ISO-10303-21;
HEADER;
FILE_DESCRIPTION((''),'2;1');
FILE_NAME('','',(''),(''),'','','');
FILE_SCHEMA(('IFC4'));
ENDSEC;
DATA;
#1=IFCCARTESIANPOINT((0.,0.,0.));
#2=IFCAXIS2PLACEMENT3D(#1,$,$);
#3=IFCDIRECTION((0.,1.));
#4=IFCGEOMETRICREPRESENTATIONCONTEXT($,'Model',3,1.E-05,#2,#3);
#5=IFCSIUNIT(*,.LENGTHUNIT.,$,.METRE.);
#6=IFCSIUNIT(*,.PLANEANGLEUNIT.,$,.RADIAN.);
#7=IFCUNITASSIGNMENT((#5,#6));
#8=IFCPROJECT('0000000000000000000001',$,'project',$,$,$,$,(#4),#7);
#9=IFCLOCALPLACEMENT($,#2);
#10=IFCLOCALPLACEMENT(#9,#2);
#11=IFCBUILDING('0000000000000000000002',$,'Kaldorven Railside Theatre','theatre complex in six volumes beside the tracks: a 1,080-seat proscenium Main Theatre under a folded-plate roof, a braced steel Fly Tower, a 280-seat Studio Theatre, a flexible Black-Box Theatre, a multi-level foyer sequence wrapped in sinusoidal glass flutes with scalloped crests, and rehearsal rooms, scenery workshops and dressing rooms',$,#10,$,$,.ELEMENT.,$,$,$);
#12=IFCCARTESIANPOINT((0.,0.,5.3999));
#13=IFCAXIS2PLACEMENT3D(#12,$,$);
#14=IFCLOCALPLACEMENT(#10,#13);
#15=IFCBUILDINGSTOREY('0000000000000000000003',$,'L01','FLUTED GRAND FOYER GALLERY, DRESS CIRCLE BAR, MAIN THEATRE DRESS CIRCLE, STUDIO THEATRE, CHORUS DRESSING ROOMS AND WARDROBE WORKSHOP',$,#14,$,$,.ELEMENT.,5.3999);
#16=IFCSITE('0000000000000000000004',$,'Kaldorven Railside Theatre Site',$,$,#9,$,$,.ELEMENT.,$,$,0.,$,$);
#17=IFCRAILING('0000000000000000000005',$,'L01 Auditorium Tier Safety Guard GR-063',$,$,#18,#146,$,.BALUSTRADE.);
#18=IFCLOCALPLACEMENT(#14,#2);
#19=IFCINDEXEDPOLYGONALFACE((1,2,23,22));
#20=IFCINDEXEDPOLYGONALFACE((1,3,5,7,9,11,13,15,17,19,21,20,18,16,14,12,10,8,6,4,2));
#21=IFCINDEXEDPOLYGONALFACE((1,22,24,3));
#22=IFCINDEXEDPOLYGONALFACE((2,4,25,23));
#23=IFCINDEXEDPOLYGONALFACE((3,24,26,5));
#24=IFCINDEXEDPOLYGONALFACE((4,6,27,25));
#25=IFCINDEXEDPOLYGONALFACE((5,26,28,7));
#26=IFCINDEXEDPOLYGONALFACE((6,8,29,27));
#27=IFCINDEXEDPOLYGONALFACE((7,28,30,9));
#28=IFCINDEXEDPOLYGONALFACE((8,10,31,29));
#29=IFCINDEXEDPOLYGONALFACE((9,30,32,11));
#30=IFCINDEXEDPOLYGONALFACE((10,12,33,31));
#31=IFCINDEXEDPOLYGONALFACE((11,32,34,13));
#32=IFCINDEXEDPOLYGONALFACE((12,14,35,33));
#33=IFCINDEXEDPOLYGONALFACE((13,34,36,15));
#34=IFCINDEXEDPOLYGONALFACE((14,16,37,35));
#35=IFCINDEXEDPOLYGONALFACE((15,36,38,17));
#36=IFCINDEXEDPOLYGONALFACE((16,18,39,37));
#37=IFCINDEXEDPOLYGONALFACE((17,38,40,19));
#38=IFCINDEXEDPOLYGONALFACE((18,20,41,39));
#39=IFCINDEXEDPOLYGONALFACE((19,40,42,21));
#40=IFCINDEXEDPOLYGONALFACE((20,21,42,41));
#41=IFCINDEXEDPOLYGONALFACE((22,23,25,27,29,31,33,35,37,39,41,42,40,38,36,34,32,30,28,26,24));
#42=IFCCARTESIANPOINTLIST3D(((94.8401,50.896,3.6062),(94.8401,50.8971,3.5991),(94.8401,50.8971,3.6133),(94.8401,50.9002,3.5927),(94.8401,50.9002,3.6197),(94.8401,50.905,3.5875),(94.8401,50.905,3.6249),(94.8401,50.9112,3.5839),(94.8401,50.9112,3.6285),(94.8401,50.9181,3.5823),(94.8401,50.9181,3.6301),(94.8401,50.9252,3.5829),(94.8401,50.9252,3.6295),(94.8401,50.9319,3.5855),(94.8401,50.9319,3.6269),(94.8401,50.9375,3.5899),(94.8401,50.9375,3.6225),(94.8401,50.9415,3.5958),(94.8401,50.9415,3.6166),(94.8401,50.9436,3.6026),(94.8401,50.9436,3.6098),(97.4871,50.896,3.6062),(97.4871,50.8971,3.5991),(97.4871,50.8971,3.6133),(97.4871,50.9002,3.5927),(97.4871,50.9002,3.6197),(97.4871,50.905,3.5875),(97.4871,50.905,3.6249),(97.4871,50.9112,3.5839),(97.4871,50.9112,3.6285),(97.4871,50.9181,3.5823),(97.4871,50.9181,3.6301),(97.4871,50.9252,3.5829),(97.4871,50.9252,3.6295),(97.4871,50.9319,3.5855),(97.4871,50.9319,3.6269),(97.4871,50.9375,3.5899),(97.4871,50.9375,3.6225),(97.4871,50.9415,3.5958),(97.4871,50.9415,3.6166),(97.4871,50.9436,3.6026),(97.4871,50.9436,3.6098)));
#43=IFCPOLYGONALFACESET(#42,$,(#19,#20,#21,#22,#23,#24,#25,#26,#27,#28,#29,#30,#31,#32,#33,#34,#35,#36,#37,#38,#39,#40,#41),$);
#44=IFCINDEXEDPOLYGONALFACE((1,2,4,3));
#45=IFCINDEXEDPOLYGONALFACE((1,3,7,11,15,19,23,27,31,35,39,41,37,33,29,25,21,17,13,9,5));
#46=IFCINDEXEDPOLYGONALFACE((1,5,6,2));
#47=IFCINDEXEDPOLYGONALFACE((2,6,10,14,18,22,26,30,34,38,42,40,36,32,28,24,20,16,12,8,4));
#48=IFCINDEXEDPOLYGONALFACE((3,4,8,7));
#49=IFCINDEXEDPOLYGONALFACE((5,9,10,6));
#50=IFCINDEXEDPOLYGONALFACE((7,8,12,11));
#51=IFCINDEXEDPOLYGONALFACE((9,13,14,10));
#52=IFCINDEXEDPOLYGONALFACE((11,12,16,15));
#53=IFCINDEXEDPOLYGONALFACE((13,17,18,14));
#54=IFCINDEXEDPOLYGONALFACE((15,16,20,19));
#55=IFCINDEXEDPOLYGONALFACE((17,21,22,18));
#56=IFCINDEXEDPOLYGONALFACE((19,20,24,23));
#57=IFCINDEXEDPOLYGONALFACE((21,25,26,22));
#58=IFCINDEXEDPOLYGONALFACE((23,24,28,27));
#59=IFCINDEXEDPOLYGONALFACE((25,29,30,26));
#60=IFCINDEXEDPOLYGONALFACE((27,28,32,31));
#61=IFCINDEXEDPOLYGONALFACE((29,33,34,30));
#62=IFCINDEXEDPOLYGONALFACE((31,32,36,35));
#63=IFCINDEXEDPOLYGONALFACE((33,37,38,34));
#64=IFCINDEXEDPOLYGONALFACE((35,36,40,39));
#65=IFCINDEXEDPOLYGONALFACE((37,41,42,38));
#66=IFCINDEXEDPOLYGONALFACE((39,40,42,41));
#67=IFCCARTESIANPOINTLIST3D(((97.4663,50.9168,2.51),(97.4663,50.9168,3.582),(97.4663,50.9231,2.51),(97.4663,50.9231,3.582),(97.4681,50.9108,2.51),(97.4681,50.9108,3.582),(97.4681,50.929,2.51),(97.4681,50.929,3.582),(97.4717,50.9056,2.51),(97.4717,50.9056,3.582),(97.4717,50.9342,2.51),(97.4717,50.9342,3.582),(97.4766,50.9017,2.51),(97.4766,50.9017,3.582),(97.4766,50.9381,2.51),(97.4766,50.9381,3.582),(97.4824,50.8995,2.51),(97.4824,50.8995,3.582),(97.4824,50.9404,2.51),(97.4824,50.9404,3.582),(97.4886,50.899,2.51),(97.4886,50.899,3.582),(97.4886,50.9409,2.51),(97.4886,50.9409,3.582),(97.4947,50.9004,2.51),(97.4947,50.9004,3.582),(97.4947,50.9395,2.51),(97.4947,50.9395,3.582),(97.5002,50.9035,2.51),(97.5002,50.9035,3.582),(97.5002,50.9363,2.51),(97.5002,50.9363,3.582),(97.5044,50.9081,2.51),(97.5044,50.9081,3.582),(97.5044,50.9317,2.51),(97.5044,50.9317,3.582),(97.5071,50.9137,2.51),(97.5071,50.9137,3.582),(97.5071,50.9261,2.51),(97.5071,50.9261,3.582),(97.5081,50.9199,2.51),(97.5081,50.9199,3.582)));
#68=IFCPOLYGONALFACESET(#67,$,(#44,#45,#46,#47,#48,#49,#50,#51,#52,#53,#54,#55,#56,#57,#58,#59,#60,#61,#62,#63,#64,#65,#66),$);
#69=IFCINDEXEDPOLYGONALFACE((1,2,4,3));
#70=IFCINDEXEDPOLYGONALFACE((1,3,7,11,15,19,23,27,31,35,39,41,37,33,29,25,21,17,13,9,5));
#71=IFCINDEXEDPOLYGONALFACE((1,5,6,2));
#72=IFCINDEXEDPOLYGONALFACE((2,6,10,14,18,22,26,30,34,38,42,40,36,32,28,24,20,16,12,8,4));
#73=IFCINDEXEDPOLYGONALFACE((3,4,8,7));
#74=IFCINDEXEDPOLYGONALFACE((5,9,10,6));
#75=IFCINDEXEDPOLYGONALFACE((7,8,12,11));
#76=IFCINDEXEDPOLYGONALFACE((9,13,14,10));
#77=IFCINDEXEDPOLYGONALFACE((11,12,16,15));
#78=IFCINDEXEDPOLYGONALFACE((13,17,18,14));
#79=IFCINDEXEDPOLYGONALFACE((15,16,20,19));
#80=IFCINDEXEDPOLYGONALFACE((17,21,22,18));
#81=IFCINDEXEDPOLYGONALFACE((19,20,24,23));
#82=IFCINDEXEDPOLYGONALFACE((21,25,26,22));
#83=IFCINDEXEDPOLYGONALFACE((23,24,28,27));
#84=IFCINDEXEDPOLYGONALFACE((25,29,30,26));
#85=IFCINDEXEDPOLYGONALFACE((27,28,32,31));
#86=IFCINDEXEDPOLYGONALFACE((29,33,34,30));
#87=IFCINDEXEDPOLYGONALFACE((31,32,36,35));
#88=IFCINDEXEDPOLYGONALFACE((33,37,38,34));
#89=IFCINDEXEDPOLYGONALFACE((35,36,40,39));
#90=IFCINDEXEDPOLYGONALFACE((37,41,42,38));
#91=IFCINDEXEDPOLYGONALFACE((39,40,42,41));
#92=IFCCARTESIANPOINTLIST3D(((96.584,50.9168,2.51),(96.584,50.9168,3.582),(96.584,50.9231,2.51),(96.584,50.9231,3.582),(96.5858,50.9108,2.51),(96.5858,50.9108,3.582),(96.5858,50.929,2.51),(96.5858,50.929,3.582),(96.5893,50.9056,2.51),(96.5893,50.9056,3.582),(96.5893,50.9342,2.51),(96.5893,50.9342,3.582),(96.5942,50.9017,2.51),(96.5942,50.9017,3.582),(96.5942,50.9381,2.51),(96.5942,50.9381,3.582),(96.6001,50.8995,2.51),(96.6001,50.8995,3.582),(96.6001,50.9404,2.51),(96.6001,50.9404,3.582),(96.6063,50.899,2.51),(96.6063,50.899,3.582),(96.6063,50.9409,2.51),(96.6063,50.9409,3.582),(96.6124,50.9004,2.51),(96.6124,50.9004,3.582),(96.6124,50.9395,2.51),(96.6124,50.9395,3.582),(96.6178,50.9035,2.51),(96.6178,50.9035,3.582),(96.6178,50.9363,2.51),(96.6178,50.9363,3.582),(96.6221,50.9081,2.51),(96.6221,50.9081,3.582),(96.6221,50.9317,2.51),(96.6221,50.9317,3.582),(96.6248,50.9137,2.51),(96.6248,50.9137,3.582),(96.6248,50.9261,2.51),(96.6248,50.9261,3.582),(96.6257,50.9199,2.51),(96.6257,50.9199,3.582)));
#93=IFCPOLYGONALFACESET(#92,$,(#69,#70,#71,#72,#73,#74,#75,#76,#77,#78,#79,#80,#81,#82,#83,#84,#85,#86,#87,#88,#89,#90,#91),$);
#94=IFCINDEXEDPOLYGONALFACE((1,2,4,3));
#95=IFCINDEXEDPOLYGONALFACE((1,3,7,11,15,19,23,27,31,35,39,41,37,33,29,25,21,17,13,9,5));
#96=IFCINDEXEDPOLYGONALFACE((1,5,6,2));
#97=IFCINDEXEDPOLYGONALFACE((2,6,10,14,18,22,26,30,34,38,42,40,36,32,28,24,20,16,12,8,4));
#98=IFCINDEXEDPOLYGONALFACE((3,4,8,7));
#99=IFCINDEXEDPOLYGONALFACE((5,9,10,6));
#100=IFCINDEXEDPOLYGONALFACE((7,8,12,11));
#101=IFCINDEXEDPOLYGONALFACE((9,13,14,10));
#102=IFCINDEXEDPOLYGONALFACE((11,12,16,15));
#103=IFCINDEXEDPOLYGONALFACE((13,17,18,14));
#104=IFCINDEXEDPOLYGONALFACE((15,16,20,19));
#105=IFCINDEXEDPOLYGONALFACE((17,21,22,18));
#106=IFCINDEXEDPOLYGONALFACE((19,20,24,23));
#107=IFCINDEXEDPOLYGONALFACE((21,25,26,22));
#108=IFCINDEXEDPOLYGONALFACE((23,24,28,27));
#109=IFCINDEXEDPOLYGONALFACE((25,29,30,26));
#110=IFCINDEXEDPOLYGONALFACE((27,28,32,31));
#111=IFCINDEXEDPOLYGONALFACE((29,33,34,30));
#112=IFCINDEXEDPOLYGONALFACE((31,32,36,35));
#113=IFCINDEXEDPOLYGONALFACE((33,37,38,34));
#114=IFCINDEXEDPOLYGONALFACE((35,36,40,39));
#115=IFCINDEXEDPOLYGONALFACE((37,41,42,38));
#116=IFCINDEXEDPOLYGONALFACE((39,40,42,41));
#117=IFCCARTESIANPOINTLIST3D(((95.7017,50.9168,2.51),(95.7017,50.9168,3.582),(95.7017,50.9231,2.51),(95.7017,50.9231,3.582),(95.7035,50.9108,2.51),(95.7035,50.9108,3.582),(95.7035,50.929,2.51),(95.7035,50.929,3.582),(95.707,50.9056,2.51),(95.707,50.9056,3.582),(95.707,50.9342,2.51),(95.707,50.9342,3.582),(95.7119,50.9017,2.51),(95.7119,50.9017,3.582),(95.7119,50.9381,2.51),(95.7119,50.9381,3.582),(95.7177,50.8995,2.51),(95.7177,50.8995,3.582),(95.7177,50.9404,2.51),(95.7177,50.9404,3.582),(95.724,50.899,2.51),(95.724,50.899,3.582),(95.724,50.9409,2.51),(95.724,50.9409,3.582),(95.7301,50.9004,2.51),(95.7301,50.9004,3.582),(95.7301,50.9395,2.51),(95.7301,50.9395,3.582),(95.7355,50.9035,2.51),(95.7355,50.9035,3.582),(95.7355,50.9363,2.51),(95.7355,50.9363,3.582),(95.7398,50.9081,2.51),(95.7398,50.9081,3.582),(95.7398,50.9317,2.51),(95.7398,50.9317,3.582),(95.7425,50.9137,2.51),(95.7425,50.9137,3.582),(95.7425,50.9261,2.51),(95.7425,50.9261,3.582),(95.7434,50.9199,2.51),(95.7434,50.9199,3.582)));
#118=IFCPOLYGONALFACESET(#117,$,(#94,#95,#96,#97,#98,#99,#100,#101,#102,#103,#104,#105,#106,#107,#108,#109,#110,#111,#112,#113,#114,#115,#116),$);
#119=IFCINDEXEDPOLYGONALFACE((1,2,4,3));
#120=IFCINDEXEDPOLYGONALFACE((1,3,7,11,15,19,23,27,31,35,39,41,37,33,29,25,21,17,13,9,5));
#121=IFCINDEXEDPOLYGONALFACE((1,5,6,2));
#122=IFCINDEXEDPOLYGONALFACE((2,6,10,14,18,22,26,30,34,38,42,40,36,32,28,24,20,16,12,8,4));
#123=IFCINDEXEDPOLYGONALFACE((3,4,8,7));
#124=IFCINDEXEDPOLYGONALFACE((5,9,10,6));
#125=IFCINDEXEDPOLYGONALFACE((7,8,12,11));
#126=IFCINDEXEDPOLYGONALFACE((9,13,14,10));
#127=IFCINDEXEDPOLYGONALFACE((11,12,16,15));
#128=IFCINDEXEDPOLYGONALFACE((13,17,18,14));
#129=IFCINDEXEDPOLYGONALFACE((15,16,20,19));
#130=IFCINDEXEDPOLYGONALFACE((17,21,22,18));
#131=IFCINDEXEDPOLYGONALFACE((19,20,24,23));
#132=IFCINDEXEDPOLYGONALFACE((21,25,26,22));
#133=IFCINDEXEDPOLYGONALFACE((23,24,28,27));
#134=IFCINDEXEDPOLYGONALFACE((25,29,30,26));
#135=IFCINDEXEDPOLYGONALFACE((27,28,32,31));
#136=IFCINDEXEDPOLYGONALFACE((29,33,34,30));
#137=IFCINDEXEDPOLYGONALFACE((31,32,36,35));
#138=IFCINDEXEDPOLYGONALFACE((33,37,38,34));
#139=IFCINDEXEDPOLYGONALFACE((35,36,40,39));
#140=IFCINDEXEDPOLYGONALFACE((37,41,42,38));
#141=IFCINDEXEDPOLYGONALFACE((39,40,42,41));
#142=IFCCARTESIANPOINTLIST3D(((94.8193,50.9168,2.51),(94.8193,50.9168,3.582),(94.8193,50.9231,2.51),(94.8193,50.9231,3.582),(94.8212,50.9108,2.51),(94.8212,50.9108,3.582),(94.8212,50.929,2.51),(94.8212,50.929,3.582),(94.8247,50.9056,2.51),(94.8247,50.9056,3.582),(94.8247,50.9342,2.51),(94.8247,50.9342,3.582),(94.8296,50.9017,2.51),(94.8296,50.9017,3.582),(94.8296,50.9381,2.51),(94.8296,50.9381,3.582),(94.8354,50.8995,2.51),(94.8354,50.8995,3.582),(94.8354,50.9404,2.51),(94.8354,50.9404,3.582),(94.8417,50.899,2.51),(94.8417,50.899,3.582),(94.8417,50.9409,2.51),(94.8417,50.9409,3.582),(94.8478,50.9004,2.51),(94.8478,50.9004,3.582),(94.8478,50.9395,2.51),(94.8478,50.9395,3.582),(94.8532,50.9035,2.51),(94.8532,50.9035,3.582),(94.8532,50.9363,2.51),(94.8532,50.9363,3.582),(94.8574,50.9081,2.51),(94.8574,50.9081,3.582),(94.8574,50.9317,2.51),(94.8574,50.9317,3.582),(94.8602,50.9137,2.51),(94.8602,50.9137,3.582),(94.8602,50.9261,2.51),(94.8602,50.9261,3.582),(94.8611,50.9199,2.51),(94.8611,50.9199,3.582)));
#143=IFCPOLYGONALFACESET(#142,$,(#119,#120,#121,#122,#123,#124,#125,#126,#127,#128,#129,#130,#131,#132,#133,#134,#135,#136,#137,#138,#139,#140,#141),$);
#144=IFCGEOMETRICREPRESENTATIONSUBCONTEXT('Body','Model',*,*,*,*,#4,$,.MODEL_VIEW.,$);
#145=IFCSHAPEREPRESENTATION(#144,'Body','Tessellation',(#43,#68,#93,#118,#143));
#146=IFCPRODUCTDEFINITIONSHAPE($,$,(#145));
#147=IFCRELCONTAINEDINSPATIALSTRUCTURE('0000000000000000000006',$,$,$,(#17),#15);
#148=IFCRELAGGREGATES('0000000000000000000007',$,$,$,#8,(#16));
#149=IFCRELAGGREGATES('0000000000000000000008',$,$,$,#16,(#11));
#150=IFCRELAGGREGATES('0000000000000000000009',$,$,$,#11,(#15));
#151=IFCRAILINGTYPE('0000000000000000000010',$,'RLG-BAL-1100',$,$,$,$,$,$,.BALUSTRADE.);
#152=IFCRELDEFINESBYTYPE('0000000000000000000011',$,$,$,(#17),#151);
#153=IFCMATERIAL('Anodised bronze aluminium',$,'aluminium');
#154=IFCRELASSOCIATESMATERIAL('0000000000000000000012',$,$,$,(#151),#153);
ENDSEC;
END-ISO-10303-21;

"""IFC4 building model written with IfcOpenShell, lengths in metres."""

from ifc_helpers import new_model, si_unit, direction, frame, origin, origin_2d, place, context, subcontext, project, spatial, circle, extrude, material, type_object, element, save


model = new_model("IFC4")

# Units and contexts
model_context = context("Model", 3, precision=1e-05, world=origin(), true_north=direction((0.0, 1.0)))
body_context = subcontext(model_context, "Body", "Model", "MODEL_VIEW")
ifc_project = project(units=[si_unit("LENGTHUNIT", "METRE"), si_unit("PLANEANGLEUNIT", "RADIAN")], contexts=[model_context])

# Site, building, storey
site_placement = place(None, origin())
site = spatial("IfcSite", under=ifc_project, at=site_placement, Name="Kaldorven Railside Theatre Site", CompositionType="ELEMENT", RefElevation=0.0)
building_placement = place(site_placement, origin())
building = spatial("IfcBuilding", under=site, at=building_placement, Name="Kaldorven Railside Theatre", Description="theatre complex in six volumes beside the tracks: a 1,080-seat proscenium Main Theatre under a folded-plate roof, a braced steel Fly Tower, a 280-seat Studio Theatre, a flexible Black-Box Theatre, a multi-level foyer sequence wrapped in sinusoidal glass flutes with scalloped crests, and rehearsal rooms, scenery workshops and dressing rooms", CompositionType="ELEMENT")
storey_placement = place(building_placement, frame((0.0, 0.0, 5.3999)))
storey = spatial("IfcBuildingStorey", under=building, at=storey_placement, Name="L01", Description="FLUTED GRAND FOYER GALLERY, DRESS CIRCLE BAR, MAIN THEATRE DRESS CIRCLE, STUDIO THEATRE, CHORUS DRESSING ROOMS AND WARDROBE WORKSHOP", CompositionType="ELEMENT", Elevation=5.3999)

# Railing
ifc_material_1 = material(Name="Anodised bronze aluminium", Category="aluminium")
railing_type = type_object("IfcRailingType", Name="RLG-BAL-1100", PredefinedType="BALUSTRADE", material=ifc_material_1)
for number, where, name in (
    (1, (97.4871, 50.9199, 2.51), "L01 Auditorium Tier Safety Guard GR-063"),
):
    element("IfcRailing", number, at=place(storey_placement, frame(where)), inside=storey, type_object=railing_type, Name=name, PredefinedType="BALUSTRADE", context=body_context, shape_type="SweptSolid", body=[
        extrude(circle(Radius=0.0239, at=origin_2d()), frame((0.0, 0.0, 1.0962), z_axis=(-1.0, 0.0, 0.0), x_axis=(0.0, -1.0, 0.0)), (0.0, 0.0, 1.0), 2.647),
        extrude(circle(Radius=0.021, at=origin_2d()), origin(), (0.0, 0.0, 1.0), 1.072),
        extrude(circle(Radius=0.021, at=origin_2d()), frame((-0.8823, 0.0, 0.0)), (0.0, 0.0, 1.0), 1.072),
        extrude(circle(Radius=0.021, at=origin_2d()), frame((-1.7646, 0.0, 0.0)), (0.0, 0.0, 1.0), 1.072),
        extrude(circle(Radius=0.021, at=origin_2d()), frame((-2.647, 0.0, 0.0)), (0.0, 0.0, 1.0), 1.072),
    ])

save(model, "model.ifc")
